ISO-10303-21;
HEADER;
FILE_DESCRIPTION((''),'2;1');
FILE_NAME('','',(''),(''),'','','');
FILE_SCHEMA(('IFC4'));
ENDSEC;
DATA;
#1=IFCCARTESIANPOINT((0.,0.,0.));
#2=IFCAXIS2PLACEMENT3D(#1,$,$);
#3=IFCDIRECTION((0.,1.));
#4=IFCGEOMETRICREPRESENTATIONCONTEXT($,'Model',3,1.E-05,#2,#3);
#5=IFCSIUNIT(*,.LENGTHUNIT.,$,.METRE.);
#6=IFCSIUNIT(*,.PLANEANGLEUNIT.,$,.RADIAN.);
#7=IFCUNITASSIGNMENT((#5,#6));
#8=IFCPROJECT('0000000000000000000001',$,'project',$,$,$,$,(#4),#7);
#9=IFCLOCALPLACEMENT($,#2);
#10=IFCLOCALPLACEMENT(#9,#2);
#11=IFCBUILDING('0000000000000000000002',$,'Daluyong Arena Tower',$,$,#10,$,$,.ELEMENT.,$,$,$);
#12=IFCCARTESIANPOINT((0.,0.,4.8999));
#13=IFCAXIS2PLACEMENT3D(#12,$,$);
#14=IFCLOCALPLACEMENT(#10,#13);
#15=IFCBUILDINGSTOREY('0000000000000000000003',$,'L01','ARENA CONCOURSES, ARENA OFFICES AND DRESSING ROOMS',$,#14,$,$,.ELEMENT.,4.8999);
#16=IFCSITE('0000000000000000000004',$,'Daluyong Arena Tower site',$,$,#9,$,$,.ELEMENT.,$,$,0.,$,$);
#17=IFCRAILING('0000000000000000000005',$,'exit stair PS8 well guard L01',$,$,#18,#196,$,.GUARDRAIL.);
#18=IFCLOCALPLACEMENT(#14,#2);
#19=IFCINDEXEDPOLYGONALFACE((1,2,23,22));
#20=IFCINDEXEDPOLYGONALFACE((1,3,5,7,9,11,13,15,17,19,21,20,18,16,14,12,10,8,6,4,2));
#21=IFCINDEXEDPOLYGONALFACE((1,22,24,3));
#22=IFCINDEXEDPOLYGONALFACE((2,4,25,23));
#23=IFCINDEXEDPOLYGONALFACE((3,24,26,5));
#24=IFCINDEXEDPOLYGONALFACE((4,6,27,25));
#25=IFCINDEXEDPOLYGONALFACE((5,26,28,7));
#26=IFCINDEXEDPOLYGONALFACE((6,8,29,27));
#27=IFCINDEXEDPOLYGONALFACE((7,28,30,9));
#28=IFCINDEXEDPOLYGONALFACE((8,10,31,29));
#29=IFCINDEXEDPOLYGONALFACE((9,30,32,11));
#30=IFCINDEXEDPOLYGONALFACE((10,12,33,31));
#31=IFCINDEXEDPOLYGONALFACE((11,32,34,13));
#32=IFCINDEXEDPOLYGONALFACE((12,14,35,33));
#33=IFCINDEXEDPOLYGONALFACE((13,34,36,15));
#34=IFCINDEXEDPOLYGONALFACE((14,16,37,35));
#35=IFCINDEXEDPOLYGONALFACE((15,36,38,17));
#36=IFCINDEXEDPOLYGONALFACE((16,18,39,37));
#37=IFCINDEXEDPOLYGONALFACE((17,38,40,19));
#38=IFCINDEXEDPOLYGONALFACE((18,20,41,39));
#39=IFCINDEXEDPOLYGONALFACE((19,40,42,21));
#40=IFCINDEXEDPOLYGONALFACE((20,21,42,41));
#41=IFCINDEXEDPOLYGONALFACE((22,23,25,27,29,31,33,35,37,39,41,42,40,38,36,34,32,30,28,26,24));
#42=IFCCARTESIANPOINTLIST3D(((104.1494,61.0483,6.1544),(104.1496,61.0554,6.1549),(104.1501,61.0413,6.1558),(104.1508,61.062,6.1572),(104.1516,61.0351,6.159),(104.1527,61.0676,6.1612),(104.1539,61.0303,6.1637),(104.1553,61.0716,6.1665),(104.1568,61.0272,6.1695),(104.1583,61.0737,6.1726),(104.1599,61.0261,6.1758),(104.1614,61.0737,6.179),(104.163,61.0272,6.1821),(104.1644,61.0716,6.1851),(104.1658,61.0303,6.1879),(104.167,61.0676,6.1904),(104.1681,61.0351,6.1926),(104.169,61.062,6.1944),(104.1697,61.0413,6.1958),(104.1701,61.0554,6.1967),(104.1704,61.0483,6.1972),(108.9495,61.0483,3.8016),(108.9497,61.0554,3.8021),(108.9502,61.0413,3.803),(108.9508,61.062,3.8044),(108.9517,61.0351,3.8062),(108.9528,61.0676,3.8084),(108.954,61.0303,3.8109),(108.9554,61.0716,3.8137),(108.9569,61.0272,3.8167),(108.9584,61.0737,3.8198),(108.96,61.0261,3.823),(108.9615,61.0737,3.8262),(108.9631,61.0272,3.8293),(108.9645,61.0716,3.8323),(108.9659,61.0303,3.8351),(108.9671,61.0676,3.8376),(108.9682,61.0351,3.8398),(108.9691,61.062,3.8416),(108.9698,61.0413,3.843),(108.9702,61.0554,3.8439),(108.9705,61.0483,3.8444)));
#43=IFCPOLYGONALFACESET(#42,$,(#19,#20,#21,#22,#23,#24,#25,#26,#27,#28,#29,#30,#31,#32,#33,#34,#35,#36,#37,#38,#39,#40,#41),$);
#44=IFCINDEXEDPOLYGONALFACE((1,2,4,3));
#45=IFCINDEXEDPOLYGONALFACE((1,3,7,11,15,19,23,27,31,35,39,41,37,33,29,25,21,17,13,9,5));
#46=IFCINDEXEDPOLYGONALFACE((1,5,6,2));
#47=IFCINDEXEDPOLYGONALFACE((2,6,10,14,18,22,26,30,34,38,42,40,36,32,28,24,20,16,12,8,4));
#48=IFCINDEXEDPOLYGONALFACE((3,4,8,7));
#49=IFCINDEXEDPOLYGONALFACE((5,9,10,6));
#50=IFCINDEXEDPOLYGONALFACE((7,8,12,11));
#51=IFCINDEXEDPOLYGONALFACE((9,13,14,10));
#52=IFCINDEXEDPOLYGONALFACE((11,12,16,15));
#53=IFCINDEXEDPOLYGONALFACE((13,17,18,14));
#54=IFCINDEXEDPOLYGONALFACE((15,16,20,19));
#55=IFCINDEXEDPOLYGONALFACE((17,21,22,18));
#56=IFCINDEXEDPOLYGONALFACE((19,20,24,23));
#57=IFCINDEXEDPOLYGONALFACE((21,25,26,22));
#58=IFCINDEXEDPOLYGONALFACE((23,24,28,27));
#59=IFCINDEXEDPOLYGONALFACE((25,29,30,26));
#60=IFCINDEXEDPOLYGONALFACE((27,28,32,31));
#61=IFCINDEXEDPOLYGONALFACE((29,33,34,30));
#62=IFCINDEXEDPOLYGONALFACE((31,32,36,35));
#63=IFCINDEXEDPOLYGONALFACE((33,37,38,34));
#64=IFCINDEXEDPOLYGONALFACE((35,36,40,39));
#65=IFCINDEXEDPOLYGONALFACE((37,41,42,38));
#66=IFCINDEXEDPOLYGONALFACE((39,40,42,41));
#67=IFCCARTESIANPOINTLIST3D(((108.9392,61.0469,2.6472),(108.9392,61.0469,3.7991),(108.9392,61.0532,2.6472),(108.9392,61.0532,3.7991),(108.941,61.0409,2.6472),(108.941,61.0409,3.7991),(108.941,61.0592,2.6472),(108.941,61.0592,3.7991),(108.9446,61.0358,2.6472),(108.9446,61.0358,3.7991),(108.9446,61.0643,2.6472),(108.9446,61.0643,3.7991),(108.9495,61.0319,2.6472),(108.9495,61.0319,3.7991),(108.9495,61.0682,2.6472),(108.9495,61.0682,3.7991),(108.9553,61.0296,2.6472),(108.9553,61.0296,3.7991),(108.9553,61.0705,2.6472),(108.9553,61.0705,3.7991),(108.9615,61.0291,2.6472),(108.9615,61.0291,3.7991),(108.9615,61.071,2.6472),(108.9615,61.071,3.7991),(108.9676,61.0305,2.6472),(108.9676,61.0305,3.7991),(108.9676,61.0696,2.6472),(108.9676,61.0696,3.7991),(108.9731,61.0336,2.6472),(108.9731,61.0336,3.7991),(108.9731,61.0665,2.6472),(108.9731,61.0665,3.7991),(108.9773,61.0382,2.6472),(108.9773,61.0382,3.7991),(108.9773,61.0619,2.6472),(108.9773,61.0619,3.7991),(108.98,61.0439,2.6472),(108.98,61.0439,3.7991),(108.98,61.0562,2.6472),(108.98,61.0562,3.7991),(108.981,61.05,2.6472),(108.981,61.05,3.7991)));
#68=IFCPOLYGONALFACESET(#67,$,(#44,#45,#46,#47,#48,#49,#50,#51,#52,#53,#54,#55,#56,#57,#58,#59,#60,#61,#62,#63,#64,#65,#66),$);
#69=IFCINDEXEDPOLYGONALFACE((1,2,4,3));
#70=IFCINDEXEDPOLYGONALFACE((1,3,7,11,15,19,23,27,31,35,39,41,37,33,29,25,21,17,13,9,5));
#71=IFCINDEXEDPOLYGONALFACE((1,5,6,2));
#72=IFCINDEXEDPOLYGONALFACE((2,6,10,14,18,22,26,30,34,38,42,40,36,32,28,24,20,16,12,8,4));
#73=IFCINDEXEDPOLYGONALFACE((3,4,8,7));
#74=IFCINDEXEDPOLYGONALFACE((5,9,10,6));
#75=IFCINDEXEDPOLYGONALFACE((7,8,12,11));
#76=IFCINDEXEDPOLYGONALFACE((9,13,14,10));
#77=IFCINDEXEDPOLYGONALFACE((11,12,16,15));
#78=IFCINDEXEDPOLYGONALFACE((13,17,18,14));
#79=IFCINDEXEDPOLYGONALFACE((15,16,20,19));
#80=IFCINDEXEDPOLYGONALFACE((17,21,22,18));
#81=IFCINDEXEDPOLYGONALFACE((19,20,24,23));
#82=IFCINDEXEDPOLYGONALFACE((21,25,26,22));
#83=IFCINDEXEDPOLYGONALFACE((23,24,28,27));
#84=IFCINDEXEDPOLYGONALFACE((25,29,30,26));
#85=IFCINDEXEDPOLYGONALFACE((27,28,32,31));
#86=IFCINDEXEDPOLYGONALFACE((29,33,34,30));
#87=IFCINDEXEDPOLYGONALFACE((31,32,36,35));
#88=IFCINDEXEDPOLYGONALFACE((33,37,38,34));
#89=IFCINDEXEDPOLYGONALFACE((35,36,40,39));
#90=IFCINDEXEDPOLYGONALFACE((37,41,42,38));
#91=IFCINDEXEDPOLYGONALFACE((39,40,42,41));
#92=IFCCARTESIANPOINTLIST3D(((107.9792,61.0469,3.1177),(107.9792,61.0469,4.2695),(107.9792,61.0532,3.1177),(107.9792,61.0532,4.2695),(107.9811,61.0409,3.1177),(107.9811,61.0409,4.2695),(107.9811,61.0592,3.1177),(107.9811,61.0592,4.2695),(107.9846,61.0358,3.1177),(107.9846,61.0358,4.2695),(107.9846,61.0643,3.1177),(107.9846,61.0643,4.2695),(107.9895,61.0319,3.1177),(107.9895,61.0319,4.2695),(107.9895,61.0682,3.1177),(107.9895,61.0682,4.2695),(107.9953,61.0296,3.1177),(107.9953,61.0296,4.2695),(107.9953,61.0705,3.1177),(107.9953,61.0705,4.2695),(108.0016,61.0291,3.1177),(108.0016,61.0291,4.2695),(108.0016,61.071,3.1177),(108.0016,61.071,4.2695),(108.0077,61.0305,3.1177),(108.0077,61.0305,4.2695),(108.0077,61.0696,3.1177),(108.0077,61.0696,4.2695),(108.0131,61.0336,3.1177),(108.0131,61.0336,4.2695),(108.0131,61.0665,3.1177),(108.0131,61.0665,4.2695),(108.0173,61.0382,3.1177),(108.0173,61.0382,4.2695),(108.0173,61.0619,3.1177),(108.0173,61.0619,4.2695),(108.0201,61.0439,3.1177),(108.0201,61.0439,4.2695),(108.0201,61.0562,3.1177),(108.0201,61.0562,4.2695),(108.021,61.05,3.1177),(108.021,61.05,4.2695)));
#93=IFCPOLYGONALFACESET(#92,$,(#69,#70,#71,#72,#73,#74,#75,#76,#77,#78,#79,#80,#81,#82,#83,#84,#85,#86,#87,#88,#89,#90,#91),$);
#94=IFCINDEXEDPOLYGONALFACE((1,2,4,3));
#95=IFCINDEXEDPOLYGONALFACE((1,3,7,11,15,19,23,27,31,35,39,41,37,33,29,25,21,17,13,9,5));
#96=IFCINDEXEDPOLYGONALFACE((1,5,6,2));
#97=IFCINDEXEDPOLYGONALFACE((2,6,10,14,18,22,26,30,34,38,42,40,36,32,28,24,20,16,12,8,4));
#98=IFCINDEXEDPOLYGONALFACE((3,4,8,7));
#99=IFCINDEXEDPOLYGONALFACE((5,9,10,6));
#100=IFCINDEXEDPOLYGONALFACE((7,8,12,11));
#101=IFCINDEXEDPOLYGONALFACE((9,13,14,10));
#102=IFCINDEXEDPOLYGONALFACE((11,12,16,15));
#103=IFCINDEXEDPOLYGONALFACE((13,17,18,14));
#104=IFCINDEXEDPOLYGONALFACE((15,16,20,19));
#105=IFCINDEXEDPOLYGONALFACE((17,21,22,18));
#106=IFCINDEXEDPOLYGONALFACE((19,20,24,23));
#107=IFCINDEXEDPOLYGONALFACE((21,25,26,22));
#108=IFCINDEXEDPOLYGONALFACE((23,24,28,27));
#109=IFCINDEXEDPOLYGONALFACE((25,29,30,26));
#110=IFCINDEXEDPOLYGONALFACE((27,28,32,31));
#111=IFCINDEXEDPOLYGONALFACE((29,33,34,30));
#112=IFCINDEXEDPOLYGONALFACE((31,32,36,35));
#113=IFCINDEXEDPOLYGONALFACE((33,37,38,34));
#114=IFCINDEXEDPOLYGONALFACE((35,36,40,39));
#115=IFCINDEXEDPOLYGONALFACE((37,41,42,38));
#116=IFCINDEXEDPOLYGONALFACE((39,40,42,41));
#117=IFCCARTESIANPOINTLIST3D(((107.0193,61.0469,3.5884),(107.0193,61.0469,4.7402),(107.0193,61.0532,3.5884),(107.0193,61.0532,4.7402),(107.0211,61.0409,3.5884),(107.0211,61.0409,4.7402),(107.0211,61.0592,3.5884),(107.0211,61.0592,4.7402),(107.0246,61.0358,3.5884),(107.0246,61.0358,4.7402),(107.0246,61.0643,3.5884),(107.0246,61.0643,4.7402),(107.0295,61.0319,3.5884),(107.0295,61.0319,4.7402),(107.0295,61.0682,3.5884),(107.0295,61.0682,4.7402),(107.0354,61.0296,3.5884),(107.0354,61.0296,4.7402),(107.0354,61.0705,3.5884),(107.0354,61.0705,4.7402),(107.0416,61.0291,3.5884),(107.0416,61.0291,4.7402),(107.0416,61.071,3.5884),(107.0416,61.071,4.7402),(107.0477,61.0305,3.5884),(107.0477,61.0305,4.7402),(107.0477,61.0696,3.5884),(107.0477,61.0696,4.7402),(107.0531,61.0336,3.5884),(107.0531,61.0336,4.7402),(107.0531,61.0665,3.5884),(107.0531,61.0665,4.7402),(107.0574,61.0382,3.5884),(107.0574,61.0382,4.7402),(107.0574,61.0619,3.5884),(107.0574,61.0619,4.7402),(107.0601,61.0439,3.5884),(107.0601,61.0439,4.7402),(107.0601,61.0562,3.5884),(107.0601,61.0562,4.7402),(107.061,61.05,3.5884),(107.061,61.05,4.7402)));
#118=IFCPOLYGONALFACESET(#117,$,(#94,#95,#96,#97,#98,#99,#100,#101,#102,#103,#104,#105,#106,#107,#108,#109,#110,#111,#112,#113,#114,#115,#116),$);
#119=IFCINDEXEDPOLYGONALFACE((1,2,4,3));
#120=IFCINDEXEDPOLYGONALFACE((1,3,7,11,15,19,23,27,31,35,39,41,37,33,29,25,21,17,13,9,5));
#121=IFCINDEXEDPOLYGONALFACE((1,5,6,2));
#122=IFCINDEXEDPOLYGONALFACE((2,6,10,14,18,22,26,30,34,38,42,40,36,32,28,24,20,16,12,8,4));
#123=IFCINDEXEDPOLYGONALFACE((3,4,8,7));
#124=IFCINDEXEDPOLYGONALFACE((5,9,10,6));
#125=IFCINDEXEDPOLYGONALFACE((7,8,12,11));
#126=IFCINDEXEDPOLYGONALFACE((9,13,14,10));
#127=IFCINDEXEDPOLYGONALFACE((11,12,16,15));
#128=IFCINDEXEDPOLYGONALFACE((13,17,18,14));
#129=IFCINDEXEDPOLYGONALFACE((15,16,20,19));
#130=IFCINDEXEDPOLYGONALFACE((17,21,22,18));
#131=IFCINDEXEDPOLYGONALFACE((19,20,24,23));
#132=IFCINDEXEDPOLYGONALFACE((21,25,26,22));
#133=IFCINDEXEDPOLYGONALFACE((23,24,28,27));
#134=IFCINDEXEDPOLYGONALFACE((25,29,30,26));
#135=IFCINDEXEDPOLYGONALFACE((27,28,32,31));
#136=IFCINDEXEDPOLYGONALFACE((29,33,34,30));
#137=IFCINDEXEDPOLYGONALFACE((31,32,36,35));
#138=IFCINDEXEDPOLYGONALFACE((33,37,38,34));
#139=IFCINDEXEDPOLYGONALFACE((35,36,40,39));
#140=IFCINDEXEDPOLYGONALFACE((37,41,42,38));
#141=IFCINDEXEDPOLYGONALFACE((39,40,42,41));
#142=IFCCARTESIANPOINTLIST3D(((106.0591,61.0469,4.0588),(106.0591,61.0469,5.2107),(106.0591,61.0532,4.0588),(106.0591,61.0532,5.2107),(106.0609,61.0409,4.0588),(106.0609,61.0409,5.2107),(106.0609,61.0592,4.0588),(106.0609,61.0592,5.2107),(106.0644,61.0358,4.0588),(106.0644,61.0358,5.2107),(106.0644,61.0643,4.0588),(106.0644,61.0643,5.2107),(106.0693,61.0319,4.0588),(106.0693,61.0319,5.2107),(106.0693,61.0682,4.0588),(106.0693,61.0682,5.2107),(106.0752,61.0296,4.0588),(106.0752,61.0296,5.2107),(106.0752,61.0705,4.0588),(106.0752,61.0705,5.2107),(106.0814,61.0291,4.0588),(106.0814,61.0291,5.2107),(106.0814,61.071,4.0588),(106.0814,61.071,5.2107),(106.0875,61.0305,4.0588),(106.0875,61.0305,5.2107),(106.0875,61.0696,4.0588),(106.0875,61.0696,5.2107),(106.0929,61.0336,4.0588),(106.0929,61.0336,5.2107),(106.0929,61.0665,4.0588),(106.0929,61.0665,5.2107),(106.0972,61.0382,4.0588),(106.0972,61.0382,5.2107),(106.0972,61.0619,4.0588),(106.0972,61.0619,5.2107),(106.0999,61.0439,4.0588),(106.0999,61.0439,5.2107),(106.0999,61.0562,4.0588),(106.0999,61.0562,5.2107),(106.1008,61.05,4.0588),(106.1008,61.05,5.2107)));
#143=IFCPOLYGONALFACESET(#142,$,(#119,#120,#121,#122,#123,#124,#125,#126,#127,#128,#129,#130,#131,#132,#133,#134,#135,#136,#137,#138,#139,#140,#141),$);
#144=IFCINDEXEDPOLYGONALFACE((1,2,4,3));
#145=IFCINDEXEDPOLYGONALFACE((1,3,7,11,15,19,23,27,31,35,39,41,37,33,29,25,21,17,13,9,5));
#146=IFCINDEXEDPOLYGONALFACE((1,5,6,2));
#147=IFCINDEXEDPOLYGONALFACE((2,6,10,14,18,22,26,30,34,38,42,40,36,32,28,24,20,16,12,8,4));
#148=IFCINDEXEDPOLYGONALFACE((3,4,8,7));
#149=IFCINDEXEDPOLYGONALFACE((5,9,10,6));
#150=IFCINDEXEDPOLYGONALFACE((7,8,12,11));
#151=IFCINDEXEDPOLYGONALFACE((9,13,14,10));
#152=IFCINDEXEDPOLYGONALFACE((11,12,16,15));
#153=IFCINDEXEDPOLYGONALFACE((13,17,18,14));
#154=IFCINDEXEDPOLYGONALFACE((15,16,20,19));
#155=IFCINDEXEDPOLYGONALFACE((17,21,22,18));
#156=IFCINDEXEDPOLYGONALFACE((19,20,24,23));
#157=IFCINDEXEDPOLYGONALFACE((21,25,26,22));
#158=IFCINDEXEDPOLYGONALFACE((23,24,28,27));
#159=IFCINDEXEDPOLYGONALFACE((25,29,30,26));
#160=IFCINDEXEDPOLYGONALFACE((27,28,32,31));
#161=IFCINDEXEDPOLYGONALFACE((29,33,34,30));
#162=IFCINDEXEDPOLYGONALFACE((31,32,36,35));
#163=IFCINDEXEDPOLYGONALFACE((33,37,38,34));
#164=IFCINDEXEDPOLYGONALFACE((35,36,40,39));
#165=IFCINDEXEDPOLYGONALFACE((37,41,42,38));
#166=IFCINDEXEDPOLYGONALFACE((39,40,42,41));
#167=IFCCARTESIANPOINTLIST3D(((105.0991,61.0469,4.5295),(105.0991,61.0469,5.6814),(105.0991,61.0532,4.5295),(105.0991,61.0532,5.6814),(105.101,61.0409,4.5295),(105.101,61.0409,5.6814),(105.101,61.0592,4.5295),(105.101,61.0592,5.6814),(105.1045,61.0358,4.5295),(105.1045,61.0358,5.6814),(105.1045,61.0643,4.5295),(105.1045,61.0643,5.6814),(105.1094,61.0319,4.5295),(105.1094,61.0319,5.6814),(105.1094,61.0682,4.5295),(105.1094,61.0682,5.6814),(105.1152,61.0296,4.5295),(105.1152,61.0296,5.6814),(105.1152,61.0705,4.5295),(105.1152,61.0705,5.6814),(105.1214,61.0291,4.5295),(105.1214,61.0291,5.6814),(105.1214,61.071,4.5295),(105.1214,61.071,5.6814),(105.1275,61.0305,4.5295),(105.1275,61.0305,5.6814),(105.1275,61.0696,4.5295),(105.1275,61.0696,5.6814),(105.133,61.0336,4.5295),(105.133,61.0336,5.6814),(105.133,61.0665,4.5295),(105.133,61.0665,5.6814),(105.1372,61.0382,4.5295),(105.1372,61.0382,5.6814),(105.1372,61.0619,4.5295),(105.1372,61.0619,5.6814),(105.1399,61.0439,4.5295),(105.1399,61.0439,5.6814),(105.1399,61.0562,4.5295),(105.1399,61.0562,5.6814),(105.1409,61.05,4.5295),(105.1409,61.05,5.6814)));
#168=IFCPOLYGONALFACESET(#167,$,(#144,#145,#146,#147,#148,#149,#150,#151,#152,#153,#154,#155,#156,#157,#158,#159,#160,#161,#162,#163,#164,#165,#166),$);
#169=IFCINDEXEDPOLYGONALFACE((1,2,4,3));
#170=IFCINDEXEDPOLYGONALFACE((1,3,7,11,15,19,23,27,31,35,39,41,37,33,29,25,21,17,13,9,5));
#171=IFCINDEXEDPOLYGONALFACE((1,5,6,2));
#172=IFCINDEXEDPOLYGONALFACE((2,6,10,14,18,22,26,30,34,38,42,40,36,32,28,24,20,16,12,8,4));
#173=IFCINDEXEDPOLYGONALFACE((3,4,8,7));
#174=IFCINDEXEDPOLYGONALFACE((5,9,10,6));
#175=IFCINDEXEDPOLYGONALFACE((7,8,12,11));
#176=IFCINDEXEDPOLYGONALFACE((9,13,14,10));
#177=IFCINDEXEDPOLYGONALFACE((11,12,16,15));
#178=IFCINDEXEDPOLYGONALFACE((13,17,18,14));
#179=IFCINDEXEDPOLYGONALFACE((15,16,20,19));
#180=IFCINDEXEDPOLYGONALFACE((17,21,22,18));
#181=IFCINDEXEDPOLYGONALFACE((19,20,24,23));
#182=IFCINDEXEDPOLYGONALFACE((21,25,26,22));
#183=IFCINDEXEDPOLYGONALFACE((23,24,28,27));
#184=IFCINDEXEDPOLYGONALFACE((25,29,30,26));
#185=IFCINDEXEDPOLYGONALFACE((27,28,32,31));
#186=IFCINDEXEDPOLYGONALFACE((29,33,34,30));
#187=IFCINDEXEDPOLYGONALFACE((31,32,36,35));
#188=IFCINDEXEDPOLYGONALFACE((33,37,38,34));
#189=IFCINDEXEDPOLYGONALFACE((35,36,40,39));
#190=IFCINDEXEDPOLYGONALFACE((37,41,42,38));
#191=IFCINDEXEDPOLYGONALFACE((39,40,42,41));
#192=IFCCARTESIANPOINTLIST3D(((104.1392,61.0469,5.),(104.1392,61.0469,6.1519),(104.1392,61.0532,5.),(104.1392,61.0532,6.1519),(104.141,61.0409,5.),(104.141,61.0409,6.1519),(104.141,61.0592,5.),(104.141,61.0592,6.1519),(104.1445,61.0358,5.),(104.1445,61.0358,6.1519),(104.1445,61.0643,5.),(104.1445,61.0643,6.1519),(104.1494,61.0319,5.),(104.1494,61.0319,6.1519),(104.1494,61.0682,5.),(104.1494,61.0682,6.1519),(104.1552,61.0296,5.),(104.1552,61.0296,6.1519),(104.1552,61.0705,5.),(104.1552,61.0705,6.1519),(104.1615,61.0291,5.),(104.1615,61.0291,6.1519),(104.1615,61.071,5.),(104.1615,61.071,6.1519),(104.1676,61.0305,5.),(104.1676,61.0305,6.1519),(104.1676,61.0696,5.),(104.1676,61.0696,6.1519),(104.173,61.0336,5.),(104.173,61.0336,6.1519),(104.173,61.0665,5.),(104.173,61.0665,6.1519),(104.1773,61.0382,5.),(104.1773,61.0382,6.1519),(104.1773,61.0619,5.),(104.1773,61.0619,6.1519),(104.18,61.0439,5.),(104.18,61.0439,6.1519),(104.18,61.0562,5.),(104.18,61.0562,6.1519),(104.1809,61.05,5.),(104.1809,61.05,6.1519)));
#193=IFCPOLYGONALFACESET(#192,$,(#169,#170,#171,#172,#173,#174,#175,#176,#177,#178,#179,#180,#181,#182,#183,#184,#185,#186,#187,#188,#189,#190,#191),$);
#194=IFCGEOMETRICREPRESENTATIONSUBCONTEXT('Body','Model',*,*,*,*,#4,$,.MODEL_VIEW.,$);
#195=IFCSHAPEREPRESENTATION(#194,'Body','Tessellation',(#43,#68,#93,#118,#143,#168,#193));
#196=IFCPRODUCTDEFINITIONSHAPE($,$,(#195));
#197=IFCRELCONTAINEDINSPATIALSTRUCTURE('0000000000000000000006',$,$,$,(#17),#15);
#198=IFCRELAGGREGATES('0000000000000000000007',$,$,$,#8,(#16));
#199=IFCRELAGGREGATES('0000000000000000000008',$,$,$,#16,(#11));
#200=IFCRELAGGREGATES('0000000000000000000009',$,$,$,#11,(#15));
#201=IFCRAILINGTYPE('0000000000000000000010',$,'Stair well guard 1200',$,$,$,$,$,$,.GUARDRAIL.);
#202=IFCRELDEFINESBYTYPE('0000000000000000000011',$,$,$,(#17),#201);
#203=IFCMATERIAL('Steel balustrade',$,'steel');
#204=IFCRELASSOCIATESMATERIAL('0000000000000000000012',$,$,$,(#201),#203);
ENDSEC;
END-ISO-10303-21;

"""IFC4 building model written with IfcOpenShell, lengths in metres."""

from ifc_helpers import new_model, si_unit, direction, frame, origin, origin_2d, place, context, subcontext, project, spatial, circle, extrude, material, type_object, element, save


model = new_model("IFC4")

# Units and contexts
model_context = context("Model", 3, precision=1e-05, world=origin(), true_north=direction((0.0, 1.0)))
body_context = subcontext(model_context, "Body", "Model", "MODEL_VIEW")
ifc_project = project(units=[si_unit("LENGTHUNIT", "METRE"), si_unit("PLANEANGLEUNIT", "RADIAN")], contexts=[model_context])

# Site, building, storey
site_placement = place(None, origin())
site = spatial("IfcSite", under=ifc_project, at=site_placement, Name="Daluyong Arena Tower site", CompositionType="ELEMENT", RefElevation=0.0)
building_placement = place(site_placement, origin())
building = spatial("IfcBuilding", under=site, at=building_placement, Name="Daluyong Arena Tower", CompositionType="ELEMENT")
storey_placement = place(building_placement, frame((0.0, 0.0, 4.8999)))
storey = spatial("IfcBuildingStorey", under=building, at=storey_placement, Name="L01", Description="ARENA CONCOURSES, ARENA OFFICES AND DRESSING ROOMS", CompositionType="ELEMENT", Elevation=4.8999)

# Railing
ifc_material_1 = material(Name="Steel balustrade", Category="steel")
railing_type_1 = type_object("IfcRailingType", Name="Stair well guard 1200", PredefinedType="GUARDRAIL", material=ifc_material_1)
railing_1_placement = place(storey_placement, frame((108.96, 61.05, 2.6472)))
element("IfcRailing", 1, at=railing_1_placement, inside=storey, type_object=railing_type_1, Name="exit stair PS8 well guard L01", PredefinedType="GUARDRAIL", context=body_context, shape_type="SweptSolid", body=[
    extrude(circle(Radius=0.0239, at=origin_2d()), frame((0.0, 0.0, 1.1758), z_axis=(-0.897934, 0.0, 0.44013), x_axis=(0.0, -1.0, 0.0)), (0.0, 0.0, 1.0), 5.3457),
    extrude(circle(Radius=0.021, at=origin_2d()), origin(), (0.0, 0.0, 1.0), 1.1519),
    extrude(circle(Radius=0.021, at=origin_2d()), frame((-0.96, 0.0, 0.4705)), (0.0, 0.0, 1.0), 1.1519),
    extrude(circle(Radius=0.021, at=origin_2d()), frame((-1.9199, 0.0, 0.9412)), (0.0, 0.0, 1.0), 1.1519),
    extrude(circle(Radius=0.021, at=origin_2d()), frame((-2.8801, 0.0, 1.4116)), (0.0, 0.0, 1.0), 1.1519),
    extrude(circle(Radius=0.021, at=origin_2d()), frame((-3.8401, 0.0, 1.8823)), (0.0, 0.0, 1.0), 1.1519),
    extrude(circle(Radius=0.021, at=origin_2d()), frame((-4.8, 0.0, 2.3528)), (0.0, 0.0, 1.0), 1.1519),
])

save(model, "model.ifc")
